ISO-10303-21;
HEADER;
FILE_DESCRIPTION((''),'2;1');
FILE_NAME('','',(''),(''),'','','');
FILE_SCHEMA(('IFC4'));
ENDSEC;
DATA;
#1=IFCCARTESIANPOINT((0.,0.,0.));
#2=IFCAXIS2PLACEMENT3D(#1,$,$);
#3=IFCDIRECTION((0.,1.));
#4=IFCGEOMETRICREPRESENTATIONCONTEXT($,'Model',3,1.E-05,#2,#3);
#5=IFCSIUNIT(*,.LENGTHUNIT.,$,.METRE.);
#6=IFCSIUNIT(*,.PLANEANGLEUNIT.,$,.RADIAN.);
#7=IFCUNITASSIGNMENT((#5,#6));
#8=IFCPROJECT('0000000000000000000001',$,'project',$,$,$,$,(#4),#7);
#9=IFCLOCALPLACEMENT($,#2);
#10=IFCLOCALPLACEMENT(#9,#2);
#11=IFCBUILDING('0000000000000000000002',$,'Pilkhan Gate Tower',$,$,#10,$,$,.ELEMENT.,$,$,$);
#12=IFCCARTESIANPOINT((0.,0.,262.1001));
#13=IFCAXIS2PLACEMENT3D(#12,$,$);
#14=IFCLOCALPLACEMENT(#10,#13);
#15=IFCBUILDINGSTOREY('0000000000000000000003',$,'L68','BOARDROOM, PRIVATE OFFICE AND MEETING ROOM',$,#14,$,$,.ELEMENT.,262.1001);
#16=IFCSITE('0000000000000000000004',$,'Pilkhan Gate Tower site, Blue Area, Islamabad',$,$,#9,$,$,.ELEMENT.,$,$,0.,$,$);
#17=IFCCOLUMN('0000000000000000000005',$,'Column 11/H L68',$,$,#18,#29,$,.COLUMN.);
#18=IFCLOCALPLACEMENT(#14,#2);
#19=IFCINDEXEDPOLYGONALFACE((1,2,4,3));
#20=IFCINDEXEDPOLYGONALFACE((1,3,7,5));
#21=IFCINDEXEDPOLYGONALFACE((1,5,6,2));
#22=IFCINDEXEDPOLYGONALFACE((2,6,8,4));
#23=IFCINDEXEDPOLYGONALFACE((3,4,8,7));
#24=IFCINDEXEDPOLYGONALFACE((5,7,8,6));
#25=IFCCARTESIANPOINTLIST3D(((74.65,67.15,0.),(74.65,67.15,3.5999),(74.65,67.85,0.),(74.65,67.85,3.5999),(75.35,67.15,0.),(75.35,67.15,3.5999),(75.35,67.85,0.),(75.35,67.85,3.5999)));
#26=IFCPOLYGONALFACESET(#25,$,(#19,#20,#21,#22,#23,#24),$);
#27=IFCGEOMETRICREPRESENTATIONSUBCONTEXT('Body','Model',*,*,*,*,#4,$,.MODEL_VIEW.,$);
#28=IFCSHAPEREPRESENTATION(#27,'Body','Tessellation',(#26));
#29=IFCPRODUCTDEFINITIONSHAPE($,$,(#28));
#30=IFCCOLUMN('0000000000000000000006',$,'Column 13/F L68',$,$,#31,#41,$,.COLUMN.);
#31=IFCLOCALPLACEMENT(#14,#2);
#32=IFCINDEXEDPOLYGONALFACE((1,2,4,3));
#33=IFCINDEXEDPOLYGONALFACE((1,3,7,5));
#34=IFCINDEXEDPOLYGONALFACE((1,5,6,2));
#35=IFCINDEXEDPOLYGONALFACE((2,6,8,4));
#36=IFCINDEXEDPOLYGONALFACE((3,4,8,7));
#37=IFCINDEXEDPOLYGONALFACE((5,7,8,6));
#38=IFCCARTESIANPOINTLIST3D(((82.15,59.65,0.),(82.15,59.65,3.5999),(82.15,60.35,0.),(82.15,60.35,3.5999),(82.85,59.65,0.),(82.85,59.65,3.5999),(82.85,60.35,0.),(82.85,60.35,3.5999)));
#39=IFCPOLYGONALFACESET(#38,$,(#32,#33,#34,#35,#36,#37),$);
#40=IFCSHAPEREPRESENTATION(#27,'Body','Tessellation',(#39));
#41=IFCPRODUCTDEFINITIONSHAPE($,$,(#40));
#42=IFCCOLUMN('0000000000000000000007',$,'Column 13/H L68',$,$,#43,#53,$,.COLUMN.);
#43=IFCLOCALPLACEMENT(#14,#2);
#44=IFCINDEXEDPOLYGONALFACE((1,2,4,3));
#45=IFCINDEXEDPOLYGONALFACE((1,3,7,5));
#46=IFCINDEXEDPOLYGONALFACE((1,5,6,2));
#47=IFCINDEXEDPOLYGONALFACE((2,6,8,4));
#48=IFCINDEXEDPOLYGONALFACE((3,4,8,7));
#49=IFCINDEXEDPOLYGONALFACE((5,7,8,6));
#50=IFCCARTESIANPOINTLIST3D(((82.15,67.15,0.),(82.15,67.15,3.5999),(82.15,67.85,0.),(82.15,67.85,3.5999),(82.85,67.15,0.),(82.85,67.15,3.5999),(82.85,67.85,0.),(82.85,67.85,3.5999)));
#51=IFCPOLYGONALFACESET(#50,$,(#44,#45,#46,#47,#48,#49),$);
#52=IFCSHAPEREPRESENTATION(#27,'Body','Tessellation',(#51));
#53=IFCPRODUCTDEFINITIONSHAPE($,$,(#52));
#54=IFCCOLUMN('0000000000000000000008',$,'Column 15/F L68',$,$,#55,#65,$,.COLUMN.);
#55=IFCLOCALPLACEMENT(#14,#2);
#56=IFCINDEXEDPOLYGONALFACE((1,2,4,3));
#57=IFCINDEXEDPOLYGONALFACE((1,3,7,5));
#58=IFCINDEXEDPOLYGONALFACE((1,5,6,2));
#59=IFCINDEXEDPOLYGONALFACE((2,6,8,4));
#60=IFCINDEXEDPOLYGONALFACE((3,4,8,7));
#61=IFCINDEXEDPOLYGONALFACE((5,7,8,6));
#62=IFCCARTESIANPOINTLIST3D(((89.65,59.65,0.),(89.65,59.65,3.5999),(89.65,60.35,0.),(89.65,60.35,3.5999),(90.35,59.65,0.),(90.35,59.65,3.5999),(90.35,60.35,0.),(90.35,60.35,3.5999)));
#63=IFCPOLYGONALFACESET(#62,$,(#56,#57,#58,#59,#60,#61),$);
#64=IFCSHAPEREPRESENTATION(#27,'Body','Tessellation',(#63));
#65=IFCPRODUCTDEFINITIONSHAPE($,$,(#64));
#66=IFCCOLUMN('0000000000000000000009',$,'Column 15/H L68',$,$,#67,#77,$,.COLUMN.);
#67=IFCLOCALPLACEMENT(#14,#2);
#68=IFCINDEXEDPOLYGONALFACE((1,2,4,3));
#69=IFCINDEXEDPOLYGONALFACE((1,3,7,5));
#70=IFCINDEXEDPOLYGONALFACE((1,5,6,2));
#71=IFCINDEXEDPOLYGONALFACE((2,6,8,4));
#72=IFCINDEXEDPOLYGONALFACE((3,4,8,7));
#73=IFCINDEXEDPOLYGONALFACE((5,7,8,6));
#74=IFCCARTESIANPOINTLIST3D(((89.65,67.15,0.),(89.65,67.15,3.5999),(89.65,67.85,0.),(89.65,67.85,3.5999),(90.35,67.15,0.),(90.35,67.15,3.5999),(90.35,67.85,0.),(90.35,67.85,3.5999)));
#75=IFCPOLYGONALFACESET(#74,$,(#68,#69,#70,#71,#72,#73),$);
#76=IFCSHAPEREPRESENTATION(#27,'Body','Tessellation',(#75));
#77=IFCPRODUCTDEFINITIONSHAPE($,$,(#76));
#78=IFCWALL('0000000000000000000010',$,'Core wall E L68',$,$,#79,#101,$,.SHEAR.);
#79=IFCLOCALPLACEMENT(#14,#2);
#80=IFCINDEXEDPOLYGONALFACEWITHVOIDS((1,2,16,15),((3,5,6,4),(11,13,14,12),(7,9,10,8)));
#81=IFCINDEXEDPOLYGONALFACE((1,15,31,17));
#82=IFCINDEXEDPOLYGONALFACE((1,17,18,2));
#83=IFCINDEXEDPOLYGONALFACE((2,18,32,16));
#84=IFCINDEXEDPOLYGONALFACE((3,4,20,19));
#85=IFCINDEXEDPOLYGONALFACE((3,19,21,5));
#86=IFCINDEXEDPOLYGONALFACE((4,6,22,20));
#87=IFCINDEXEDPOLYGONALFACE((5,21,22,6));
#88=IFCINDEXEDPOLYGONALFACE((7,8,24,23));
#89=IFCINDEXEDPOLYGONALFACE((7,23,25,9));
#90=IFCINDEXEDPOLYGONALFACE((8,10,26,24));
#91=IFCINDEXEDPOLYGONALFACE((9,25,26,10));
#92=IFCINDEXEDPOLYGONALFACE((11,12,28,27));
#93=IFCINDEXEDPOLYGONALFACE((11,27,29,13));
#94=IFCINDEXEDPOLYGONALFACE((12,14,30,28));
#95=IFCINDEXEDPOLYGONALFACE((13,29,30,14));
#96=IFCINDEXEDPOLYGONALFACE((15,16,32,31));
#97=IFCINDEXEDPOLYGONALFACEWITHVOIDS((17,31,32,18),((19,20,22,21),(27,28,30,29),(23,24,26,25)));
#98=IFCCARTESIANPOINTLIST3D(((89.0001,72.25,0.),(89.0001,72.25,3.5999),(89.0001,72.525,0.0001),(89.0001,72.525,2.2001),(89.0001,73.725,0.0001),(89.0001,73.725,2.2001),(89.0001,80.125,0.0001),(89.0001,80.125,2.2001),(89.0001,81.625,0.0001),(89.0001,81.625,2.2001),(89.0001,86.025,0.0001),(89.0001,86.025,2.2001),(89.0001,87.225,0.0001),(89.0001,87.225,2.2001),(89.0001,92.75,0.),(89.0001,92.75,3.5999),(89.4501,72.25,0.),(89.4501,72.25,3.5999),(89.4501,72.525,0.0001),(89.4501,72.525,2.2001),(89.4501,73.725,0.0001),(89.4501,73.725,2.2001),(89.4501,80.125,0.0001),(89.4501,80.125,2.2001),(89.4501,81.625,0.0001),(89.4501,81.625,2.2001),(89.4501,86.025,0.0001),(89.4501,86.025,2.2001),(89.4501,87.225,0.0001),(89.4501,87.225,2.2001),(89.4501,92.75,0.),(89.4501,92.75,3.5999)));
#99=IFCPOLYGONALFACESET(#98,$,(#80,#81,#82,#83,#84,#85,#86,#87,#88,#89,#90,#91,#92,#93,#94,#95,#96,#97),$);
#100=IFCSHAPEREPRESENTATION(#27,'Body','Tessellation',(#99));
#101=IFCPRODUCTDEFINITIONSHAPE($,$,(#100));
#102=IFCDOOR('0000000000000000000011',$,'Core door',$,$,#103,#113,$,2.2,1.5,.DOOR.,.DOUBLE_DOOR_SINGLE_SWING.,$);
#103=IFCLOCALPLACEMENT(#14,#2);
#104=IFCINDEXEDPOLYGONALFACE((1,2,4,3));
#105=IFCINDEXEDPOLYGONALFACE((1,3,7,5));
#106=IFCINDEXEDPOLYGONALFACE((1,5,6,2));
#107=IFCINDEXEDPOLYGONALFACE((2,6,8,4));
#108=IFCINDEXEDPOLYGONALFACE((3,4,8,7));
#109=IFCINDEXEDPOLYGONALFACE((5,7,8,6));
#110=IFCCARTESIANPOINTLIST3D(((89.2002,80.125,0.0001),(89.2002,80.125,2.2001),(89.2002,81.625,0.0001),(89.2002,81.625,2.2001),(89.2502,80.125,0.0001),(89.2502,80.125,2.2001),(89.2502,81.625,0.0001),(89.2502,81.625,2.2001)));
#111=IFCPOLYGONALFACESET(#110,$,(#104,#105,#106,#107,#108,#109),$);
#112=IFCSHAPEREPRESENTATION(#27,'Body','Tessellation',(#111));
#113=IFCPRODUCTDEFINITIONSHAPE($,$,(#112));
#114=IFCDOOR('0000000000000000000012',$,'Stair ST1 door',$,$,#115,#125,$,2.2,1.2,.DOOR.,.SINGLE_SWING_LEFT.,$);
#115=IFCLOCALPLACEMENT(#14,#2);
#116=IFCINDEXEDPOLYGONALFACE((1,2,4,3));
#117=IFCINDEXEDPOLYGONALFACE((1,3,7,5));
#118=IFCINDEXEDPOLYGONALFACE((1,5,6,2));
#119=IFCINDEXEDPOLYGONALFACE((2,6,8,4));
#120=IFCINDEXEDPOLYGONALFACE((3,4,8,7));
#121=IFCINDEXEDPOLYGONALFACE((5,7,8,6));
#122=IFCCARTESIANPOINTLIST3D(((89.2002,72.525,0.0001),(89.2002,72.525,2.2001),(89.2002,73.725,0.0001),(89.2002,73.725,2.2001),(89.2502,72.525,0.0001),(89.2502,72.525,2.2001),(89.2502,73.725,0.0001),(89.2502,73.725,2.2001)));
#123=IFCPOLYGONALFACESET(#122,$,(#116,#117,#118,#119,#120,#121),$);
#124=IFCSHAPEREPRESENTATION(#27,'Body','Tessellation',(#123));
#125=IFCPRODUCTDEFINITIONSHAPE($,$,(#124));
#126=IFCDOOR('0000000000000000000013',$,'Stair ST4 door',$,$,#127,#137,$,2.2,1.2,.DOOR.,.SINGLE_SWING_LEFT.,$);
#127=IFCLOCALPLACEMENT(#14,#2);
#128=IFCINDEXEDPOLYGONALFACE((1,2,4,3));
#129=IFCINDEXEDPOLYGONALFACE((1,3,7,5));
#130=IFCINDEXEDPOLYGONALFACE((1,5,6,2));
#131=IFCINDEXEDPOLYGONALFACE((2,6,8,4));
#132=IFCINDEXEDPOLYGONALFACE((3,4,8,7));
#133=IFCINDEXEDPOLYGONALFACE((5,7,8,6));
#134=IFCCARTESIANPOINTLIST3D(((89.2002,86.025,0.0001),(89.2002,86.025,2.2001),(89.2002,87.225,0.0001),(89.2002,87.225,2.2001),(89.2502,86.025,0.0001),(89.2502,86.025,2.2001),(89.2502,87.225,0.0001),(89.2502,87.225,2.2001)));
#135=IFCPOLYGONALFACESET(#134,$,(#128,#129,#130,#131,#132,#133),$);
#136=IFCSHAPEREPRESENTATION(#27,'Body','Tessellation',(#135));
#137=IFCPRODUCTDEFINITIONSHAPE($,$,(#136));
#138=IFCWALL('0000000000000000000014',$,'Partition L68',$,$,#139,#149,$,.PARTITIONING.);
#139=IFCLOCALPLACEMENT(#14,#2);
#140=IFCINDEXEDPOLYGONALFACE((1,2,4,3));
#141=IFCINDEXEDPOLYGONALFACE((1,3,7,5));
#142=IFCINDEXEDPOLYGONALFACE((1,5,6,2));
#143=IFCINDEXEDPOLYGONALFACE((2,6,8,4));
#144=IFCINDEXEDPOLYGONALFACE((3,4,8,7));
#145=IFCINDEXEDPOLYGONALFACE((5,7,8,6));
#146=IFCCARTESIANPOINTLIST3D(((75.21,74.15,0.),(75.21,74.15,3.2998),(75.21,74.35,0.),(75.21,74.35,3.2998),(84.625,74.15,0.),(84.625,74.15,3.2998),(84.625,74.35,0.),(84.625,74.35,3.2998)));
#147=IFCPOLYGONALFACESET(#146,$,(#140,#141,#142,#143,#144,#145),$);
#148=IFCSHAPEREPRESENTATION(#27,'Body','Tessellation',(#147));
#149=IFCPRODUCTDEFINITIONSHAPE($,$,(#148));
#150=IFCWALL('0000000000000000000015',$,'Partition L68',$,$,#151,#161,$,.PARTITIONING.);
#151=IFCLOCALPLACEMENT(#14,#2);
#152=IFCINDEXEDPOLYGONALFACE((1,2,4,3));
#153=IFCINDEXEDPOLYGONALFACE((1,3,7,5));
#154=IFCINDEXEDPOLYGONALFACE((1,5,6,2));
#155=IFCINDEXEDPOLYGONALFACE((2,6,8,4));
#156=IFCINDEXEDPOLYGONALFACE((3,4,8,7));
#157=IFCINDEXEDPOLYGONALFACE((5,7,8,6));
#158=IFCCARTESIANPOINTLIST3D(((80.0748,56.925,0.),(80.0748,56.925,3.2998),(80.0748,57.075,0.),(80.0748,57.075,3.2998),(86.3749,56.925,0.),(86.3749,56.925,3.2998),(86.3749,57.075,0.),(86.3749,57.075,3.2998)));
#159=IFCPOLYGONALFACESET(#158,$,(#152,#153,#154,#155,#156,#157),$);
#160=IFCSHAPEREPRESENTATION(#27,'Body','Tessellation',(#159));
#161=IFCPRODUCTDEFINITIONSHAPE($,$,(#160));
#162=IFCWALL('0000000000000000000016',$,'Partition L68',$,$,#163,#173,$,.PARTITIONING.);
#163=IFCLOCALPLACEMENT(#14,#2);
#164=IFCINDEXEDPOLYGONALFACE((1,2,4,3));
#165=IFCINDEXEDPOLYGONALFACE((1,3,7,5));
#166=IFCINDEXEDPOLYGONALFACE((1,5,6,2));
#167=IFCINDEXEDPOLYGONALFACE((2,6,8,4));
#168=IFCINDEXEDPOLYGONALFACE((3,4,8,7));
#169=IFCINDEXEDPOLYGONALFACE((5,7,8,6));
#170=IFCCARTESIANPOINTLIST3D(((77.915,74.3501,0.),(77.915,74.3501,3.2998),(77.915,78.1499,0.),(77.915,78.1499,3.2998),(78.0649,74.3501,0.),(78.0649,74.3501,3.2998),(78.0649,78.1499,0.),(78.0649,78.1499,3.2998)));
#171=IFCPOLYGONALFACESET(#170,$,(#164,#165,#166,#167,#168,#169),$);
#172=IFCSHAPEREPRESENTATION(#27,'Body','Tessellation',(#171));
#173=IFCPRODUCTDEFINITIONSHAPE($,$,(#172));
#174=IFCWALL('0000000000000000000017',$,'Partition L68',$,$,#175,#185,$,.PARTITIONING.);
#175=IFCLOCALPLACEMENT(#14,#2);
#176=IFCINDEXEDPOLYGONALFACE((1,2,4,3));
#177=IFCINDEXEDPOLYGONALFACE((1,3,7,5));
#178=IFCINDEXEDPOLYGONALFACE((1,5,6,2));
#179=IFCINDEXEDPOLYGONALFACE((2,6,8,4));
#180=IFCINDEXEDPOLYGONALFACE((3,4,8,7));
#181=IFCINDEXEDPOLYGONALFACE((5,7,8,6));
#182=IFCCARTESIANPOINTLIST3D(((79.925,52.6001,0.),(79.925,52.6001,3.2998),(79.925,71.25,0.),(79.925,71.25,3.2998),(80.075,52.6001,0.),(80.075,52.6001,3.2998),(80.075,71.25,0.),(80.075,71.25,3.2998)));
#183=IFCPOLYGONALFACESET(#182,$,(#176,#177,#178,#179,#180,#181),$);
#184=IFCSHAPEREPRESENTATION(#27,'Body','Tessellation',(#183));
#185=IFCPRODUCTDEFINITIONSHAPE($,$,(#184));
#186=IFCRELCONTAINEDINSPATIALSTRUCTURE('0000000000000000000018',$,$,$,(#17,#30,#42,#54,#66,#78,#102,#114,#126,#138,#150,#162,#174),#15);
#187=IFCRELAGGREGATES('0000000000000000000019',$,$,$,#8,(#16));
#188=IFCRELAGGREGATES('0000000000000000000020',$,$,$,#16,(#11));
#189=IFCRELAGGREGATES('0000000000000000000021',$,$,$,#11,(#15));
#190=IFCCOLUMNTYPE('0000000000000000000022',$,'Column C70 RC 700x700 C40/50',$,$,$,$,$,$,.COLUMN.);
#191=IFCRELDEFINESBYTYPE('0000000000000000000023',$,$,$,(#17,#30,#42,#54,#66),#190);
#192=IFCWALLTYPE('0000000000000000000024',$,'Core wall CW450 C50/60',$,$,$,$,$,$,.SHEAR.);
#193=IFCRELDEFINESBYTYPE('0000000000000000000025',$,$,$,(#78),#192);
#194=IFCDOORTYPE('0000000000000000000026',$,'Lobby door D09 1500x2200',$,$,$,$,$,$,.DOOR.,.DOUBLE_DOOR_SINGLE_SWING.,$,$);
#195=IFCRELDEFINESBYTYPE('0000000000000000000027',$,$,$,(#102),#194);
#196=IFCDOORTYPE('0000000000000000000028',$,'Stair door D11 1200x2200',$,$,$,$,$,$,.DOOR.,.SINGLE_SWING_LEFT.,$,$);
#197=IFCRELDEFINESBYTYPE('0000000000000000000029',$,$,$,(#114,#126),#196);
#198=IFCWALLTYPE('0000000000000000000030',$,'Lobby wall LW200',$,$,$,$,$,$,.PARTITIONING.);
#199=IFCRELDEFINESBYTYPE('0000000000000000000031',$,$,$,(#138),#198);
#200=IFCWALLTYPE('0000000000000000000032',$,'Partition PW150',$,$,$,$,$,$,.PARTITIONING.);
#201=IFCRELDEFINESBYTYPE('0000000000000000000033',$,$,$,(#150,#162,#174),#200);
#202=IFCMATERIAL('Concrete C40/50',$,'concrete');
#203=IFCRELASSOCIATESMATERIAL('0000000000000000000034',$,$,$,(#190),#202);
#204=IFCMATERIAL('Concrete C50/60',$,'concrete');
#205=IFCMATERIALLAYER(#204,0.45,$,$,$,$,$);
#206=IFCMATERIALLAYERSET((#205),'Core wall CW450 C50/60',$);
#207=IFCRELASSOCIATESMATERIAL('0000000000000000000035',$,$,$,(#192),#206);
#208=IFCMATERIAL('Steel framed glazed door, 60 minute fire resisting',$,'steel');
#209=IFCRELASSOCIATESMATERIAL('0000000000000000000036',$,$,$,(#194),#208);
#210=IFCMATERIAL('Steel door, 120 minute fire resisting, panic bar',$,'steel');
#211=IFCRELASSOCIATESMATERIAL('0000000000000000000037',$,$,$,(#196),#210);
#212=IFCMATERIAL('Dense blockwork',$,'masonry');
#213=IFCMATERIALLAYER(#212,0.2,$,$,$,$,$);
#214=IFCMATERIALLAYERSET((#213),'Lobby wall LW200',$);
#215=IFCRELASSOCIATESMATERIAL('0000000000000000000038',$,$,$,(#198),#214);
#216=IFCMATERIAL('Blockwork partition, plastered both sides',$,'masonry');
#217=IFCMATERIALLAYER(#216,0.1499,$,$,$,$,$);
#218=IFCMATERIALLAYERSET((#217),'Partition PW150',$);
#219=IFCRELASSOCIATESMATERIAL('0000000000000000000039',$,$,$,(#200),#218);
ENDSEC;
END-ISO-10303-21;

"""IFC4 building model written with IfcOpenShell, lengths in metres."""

from ifc_helpers import new_model, si_unit, direction, frame, frame_2d, origin, origin_2d, place, context, subcontext, project, spatial, rectangle, extrude, material, layer, layer_set, material_profile, profile_set, type_object, element, fill, save


model = new_model("IFC4")

# Units and contexts
model_context = context("Model", 3, precision=1e-05, world=origin(), true_north=direction((0.0, 1.0)))
body_context = subcontext(model_context, "Body", "Model", "MODEL_VIEW")
ifc_project = project(units=[si_unit("LENGTHUNIT", "METRE"), si_unit("PLANEANGLEUNIT", "RADIAN")], contexts=[model_context])

# Site, building, storey
site_placement = place(None, origin())
site = spatial("IfcSite", under=ifc_project, at=site_placement, Name="Pilkhan Gate Tower site, Blue Area, Islamabad", CompositionType="ELEMENT", RefElevation=0.0)
building_placement = place(site_placement, origin())
building = spatial("IfcBuilding", under=site, at=building_placement, Name="Pilkhan Gate Tower", CompositionType="ELEMENT")
storey_placement = place(building_placement, frame((0.0, 0.0, 262.1001)))
storey = spatial("IfcBuildingStorey", under=building, at=storey_placement, Name="L68", Description="BOARDROOM, PRIVATE OFFICE AND MEETING ROOM", CompositionType="ELEMENT", Elevation=262.1001)

# Columns
ifc_material_1 = material(Name="Concrete C40/50", Category="concrete")
ifc_material_profile = material_profile(ifc_material_1, rectangle(XDim=0.7, YDim=0.7, at=origin_2d()), Name="RC 700x700")
ifc_profile_set = profile_set([ifc_material_profile], Name="Concrete C40/50")
column_type = type_object("IfcColumnType", Name="Column C70 RC 700x700 C40/50", PredefinedType="COLUMN", material=ifc_profile_set)
for number, where, z_axis, x_axis, name in (
    (1, (75.0, 67.5, 0.0), (0.0, 0.0, 1.0), (1.0, 0.0, 0.0), "Column 11/H L68"),
    (2, (82.5, 60.0, 0.0), (0.0, 0.0, 1.0), (1.0, 0.0, 0.0), "Column 13/F L68"),
    (3, (82.5, 67.5, 0.0), (0.0, 0.0, 1.0), (1.0, 0.0, 0.0), "Column 13/H L68"),
    (4, (90.0, 60.0, 0.0), (0.0, 0.0, 1.0), (1.0, 0.0, 0.0), "Column 15/F L68"),
    (5, (90.0, 67.5, 0.0), (0.0, 0.0, 1.0), (1.0, 0.0, 0.0), "Column 15/H L68"),
):
    element("IfcColumn", number, at=place(storey_placement, frame(where, z_axis=z_axis, x_axis=x_axis)), inside=storey, type_object=column_type, Name=name, PredefinedType="COLUMN", context=body_context, shape_type="SweptSolid", body=[
        extrude(rectangle(XDim=0.7, YDim=0.7, at=origin_2d()), origin(), (0.0, 0.0, 1.0), 3.5999),
    ])

# Wall, openings, doors
ifc_material_2 = material(Name="Concrete C50/60", Category="concrete")
ifc_layer_1 = layer(ifc_material_2, 0.45)
ifc_layer_set_1 = layer_set([ifc_layer_1], Name="Core wall CW450 C50/60")
wall_type_1 = type_object("IfcWallType", Name="Core wall CW450 C50/60", PredefinedType="SHEAR", material=ifc_layer_set_1)
wall_1_placement = place(storey_placement, frame((89.2251, 72.25, 0.0), z_axis=(0.0, 0.0, 1.0), x_axis=(0.0, 1.0, 0.0)))
wall_1 = element("IfcWall", 6, at=wall_1_placement, inside=storey, type_object=wall_type_1, Name="Core wall E L68", PredefinedType="SHEAR", context=body_context, shape_type="SweptSolid", body=[
    extrude(rectangle(XDim=20.5, YDim=0.45, at=frame_2d((10.25, 0.0))), origin(), (0.0, 0.0, 1.0), 3.5999),
])
opening_1_placement = place(wall_1_placement, frame((0.2749, 0.0, 0.0)))
opening_1 = element("IfcOpeningElement", 7, at=opening_1_placement, cuts=wall_1, PredefinedType="OPENING", context=body_context, shape_type="SweptSolid", body=[
    extrude(rectangle(XDim=1.2, YDim=2.2, at=frame_2d((0.6001, 1.1001))), frame((0.0, 0.2349, 0.0), z_axis=(0.0, -1.0, 0.0), x_axis=(1.0, 0.0, 0.0)), (0.0, 0.0, 1.0), 0.47),
])
opening_2_placement = place(wall_1_placement, frame((13.7749, 0.0, 0.0)))
opening_2 = element("IfcOpeningElement", 8, at=opening_2_placement, cuts=wall_1, PredefinedType="OPENING", context=body_context, shape_type="SweptSolid", body=[
    extrude(rectangle(XDim=1.2, YDim=2.2, at=frame_2d((0.6001, 1.1001))), frame((0.0, 0.2349, 0.0), z_axis=(0.0, -1.0, 0.0), x_axis=(1.0, 0.0, 0.0)), (0.0, 0.0, 1.0), 0.47),
])
opening_3_placement = place(wall_1_placement, frame((7.875, 0.0, 0.0)))
opening_3 = element("IfcOpeningElement", 9, at=opening_3_placement, cuts=wall_1, PredefinedType="OPENING", context=body_context, shape_type="SweptSolid", body=[
    extrude(rectangle(XDim=1.5, YDim=2.2, at=frame_2d((0.75, 1.1001))), frame((0.0, 0.2349, 0.0), z_axis=(0.0, -1.0, 0.0), x_axis=(1.0, 0.0, 0.0)), (0.0, 0.0, 1.0), 0.47),
])
ifc_material_3 = material(Name="Steel framed glazed door, 60 minute fire resisting", Category="steel")
door_type_1 = type_object("IfcDoorType", Name="Lobby door D09 1500x2200", OperationType="DOUBLE_DOOR_SINGLE_SWING", PredefinedType="DOOR", material=ifc_material_3)
door_1_placement = place(opening_3_placement, origin())
door_1 = element("IfcDoor", 10, at=door_1_placement, inside=storey, type_object=door_type_1, Name="Core door", OperationType="DOUBLE_DOOR_SINGLE_SWING", OverallHeight=2.2, OverallWidth=1.5, PredefinedType="DOOR", context=body_context, shape_type="SweptSolid", body=[
    extrude(rectangle(XDim=1.5, YDim=2.2, at=frame_2d((0.75, 1.1001))), frame((0.0, 0.0249, 0.0), z_axis=(0.0, -1.0, 0.0), x_axis=(1.0, 0.0, 0.0)), (0.0, 0.0, 1.0), 0.05),
])
fill(opening_3, door_1)
ifc_material_4 = material(Name="Steel door, 120 minute fire resisting, panic bar", Category="steel")
door_type_2 = type_object("IfcDoorType", Name="Stair door D11 1200x2200", OperationType="SINGLE_SWING_LEFT", PredefinedType="DOOR", material=ifc_material_4)
door_2_placement = place(opening_1_placement, origin())
door_2 = element("IfcDoor", 11, at=door_2_placement, inside=storey, type_object=door_type_2, Name="Stair ST1 door", OperationType="SINGLE_SWING_LEFT", OverallHeight=2.2, OverallWidth=1.2, PredefinedType="DOOR", context=body_context, shape_type="SweptSolid", body=[
    extrude(rectangle(XDim=1.2, YDim=2.2, at=frame_2d((0.6001, 1.1001))), frame((0.0, 0.0249, 0.0), z_axis=(0.0, -1.0, 0.0), x_axis=(1.0, 0.0, 0.0)), (0.0, 0.0, 1.0), 0.05),
])
fill(opening_1, door_2)
door_3_placement = place(opening_2_placement, origin())
door_3 = element("IfcDoor", 12, at=door_3_placement, inside=storey, type_object=door_type_2, Name="Stair ST4 door", OperationType="SINGLE_SWING_LEFT", OverallHeight=2.2, OverallWidth=1.2, PredefinedType="DOOR", context=body_context, shape_type="SweptSolid", body=[
    extrude(rectangle(XDim=1.2, YDim=2.2, at=frame_2d((0.6001, 1.1001))), frame((0.0, 0.0249, 0.0), z_axis=(0.0, -1.0, 0.0), x_axis=(1.0, 0.0, 0.0)), (0.0, 0.0, 1.0), 0.05),
])
fill(opening_2, door_3)

# Walls
ifc_material_5 = material(Name="Dense blockwork", Category="masonry")
ifc_layer_2 = layer(ifc_material_5, 0.2)
ifc_layer_set_2 = layer_set([ifc_layer_2], Name="Lobby wall LW200")
wall_type_2 = type_object("IfcWallType", Name="Lobby wall LW200", PredefinedType="PARTITIONING", material=ifc_layer_set_2)
wall_2_placement = place(storey_placement, frame((75.21, 74.25, 0.0), z_axis=(0.0, 0.0, 1.0), x_axis=(1.0, 0.0, 0.0)))
element("IfcWall", 13, at=wall_2_placement, inside=storey, type_object=wall_type_2, Name="Partition L68", PredefinedType="PARTITIONING", context=body_context, shape_type="SweptSolid", body=[
    extrude(rectangle(XDim=9.415, YDim=0.2, at=frame_2d((4.7075, 0.0))), origin(), (0.0, 0.0, 1.0), 3.2998),
])
ifc_material_6 = material(Name="Blockwork partition, plastered both sides", Category="masonry")
ifc_layer_3 = layer(ifc_material_6, 0.1499)
ifc_layer_set_3 = layer_set([ifc_layer_3], Name="Partition PW150")
wall_type_3 = type_object("IfcWallType", Name="Partition PW150", PredefinedType="PARTITIONING", material=ifc_layer_set_3)
wall_3_placement = place(storey_placement, frame((80.075, 57.0, 0.0), z_axis=(0.0, 0.0, 1.0), x_axis=(1.0, 0.0, 0.0)))
element("IfcWall", 14, at=wall_3_placement, inside=storey, type_object=wall_type_3, Name="Partition L68", PredefinedType="PARTITIONING", context=body_context, shape_type="SweptSolid", body=[
    extrude(rectangle(XDim=6.3, YDim=0.1499, at=frame_2d((3.1499, 0.0))), origin(), (0.0, 0.0, 1.0), 3.2998),
])
wall_4_placement = place(storey_placement, frame((77.99, 74.3501, 0.0), z_axis=(0.0, 0.0, 1.0), x_axis=(0.0, 1.0, 0.0)))
element("IfcWall", 15, at=wall_4_placement, inside=storey, type_object=wall_type_3, Name="Partition L68", PredefinedType="PARTITIONING", context=body_context, shape_type="SweptSolid", body=[
    extrude(rectangle(XDim=3.7998, YDim=0.1499, at=frame_2d((1.8999, 0.0))), origin(), (0.0, 0.0, 1.0), 3.2998),
])
wall_5_placement = place(storey_placement, frame((80.0, 52.6001, 0.0), z_axis=(0.0, 0.0, 1.0), x_axis=(0.0, 1.0, 0.0)))
element("IfcWall", 16, at=wall_5_placement, inside=storey, type_object=wall_type_3, Name="Partition L68", PredefinedType="PARTITIONING", context=body_context, shape_type="SweptSolid", body=[
    extrude(rectangle(XDim=18.6499, YDim=0.1499, at=frame_2d((9.325, 0.0))), origin(), (0.0, 0.0, 1.0), 3.2998),
])

save(model, "model.ifc")
